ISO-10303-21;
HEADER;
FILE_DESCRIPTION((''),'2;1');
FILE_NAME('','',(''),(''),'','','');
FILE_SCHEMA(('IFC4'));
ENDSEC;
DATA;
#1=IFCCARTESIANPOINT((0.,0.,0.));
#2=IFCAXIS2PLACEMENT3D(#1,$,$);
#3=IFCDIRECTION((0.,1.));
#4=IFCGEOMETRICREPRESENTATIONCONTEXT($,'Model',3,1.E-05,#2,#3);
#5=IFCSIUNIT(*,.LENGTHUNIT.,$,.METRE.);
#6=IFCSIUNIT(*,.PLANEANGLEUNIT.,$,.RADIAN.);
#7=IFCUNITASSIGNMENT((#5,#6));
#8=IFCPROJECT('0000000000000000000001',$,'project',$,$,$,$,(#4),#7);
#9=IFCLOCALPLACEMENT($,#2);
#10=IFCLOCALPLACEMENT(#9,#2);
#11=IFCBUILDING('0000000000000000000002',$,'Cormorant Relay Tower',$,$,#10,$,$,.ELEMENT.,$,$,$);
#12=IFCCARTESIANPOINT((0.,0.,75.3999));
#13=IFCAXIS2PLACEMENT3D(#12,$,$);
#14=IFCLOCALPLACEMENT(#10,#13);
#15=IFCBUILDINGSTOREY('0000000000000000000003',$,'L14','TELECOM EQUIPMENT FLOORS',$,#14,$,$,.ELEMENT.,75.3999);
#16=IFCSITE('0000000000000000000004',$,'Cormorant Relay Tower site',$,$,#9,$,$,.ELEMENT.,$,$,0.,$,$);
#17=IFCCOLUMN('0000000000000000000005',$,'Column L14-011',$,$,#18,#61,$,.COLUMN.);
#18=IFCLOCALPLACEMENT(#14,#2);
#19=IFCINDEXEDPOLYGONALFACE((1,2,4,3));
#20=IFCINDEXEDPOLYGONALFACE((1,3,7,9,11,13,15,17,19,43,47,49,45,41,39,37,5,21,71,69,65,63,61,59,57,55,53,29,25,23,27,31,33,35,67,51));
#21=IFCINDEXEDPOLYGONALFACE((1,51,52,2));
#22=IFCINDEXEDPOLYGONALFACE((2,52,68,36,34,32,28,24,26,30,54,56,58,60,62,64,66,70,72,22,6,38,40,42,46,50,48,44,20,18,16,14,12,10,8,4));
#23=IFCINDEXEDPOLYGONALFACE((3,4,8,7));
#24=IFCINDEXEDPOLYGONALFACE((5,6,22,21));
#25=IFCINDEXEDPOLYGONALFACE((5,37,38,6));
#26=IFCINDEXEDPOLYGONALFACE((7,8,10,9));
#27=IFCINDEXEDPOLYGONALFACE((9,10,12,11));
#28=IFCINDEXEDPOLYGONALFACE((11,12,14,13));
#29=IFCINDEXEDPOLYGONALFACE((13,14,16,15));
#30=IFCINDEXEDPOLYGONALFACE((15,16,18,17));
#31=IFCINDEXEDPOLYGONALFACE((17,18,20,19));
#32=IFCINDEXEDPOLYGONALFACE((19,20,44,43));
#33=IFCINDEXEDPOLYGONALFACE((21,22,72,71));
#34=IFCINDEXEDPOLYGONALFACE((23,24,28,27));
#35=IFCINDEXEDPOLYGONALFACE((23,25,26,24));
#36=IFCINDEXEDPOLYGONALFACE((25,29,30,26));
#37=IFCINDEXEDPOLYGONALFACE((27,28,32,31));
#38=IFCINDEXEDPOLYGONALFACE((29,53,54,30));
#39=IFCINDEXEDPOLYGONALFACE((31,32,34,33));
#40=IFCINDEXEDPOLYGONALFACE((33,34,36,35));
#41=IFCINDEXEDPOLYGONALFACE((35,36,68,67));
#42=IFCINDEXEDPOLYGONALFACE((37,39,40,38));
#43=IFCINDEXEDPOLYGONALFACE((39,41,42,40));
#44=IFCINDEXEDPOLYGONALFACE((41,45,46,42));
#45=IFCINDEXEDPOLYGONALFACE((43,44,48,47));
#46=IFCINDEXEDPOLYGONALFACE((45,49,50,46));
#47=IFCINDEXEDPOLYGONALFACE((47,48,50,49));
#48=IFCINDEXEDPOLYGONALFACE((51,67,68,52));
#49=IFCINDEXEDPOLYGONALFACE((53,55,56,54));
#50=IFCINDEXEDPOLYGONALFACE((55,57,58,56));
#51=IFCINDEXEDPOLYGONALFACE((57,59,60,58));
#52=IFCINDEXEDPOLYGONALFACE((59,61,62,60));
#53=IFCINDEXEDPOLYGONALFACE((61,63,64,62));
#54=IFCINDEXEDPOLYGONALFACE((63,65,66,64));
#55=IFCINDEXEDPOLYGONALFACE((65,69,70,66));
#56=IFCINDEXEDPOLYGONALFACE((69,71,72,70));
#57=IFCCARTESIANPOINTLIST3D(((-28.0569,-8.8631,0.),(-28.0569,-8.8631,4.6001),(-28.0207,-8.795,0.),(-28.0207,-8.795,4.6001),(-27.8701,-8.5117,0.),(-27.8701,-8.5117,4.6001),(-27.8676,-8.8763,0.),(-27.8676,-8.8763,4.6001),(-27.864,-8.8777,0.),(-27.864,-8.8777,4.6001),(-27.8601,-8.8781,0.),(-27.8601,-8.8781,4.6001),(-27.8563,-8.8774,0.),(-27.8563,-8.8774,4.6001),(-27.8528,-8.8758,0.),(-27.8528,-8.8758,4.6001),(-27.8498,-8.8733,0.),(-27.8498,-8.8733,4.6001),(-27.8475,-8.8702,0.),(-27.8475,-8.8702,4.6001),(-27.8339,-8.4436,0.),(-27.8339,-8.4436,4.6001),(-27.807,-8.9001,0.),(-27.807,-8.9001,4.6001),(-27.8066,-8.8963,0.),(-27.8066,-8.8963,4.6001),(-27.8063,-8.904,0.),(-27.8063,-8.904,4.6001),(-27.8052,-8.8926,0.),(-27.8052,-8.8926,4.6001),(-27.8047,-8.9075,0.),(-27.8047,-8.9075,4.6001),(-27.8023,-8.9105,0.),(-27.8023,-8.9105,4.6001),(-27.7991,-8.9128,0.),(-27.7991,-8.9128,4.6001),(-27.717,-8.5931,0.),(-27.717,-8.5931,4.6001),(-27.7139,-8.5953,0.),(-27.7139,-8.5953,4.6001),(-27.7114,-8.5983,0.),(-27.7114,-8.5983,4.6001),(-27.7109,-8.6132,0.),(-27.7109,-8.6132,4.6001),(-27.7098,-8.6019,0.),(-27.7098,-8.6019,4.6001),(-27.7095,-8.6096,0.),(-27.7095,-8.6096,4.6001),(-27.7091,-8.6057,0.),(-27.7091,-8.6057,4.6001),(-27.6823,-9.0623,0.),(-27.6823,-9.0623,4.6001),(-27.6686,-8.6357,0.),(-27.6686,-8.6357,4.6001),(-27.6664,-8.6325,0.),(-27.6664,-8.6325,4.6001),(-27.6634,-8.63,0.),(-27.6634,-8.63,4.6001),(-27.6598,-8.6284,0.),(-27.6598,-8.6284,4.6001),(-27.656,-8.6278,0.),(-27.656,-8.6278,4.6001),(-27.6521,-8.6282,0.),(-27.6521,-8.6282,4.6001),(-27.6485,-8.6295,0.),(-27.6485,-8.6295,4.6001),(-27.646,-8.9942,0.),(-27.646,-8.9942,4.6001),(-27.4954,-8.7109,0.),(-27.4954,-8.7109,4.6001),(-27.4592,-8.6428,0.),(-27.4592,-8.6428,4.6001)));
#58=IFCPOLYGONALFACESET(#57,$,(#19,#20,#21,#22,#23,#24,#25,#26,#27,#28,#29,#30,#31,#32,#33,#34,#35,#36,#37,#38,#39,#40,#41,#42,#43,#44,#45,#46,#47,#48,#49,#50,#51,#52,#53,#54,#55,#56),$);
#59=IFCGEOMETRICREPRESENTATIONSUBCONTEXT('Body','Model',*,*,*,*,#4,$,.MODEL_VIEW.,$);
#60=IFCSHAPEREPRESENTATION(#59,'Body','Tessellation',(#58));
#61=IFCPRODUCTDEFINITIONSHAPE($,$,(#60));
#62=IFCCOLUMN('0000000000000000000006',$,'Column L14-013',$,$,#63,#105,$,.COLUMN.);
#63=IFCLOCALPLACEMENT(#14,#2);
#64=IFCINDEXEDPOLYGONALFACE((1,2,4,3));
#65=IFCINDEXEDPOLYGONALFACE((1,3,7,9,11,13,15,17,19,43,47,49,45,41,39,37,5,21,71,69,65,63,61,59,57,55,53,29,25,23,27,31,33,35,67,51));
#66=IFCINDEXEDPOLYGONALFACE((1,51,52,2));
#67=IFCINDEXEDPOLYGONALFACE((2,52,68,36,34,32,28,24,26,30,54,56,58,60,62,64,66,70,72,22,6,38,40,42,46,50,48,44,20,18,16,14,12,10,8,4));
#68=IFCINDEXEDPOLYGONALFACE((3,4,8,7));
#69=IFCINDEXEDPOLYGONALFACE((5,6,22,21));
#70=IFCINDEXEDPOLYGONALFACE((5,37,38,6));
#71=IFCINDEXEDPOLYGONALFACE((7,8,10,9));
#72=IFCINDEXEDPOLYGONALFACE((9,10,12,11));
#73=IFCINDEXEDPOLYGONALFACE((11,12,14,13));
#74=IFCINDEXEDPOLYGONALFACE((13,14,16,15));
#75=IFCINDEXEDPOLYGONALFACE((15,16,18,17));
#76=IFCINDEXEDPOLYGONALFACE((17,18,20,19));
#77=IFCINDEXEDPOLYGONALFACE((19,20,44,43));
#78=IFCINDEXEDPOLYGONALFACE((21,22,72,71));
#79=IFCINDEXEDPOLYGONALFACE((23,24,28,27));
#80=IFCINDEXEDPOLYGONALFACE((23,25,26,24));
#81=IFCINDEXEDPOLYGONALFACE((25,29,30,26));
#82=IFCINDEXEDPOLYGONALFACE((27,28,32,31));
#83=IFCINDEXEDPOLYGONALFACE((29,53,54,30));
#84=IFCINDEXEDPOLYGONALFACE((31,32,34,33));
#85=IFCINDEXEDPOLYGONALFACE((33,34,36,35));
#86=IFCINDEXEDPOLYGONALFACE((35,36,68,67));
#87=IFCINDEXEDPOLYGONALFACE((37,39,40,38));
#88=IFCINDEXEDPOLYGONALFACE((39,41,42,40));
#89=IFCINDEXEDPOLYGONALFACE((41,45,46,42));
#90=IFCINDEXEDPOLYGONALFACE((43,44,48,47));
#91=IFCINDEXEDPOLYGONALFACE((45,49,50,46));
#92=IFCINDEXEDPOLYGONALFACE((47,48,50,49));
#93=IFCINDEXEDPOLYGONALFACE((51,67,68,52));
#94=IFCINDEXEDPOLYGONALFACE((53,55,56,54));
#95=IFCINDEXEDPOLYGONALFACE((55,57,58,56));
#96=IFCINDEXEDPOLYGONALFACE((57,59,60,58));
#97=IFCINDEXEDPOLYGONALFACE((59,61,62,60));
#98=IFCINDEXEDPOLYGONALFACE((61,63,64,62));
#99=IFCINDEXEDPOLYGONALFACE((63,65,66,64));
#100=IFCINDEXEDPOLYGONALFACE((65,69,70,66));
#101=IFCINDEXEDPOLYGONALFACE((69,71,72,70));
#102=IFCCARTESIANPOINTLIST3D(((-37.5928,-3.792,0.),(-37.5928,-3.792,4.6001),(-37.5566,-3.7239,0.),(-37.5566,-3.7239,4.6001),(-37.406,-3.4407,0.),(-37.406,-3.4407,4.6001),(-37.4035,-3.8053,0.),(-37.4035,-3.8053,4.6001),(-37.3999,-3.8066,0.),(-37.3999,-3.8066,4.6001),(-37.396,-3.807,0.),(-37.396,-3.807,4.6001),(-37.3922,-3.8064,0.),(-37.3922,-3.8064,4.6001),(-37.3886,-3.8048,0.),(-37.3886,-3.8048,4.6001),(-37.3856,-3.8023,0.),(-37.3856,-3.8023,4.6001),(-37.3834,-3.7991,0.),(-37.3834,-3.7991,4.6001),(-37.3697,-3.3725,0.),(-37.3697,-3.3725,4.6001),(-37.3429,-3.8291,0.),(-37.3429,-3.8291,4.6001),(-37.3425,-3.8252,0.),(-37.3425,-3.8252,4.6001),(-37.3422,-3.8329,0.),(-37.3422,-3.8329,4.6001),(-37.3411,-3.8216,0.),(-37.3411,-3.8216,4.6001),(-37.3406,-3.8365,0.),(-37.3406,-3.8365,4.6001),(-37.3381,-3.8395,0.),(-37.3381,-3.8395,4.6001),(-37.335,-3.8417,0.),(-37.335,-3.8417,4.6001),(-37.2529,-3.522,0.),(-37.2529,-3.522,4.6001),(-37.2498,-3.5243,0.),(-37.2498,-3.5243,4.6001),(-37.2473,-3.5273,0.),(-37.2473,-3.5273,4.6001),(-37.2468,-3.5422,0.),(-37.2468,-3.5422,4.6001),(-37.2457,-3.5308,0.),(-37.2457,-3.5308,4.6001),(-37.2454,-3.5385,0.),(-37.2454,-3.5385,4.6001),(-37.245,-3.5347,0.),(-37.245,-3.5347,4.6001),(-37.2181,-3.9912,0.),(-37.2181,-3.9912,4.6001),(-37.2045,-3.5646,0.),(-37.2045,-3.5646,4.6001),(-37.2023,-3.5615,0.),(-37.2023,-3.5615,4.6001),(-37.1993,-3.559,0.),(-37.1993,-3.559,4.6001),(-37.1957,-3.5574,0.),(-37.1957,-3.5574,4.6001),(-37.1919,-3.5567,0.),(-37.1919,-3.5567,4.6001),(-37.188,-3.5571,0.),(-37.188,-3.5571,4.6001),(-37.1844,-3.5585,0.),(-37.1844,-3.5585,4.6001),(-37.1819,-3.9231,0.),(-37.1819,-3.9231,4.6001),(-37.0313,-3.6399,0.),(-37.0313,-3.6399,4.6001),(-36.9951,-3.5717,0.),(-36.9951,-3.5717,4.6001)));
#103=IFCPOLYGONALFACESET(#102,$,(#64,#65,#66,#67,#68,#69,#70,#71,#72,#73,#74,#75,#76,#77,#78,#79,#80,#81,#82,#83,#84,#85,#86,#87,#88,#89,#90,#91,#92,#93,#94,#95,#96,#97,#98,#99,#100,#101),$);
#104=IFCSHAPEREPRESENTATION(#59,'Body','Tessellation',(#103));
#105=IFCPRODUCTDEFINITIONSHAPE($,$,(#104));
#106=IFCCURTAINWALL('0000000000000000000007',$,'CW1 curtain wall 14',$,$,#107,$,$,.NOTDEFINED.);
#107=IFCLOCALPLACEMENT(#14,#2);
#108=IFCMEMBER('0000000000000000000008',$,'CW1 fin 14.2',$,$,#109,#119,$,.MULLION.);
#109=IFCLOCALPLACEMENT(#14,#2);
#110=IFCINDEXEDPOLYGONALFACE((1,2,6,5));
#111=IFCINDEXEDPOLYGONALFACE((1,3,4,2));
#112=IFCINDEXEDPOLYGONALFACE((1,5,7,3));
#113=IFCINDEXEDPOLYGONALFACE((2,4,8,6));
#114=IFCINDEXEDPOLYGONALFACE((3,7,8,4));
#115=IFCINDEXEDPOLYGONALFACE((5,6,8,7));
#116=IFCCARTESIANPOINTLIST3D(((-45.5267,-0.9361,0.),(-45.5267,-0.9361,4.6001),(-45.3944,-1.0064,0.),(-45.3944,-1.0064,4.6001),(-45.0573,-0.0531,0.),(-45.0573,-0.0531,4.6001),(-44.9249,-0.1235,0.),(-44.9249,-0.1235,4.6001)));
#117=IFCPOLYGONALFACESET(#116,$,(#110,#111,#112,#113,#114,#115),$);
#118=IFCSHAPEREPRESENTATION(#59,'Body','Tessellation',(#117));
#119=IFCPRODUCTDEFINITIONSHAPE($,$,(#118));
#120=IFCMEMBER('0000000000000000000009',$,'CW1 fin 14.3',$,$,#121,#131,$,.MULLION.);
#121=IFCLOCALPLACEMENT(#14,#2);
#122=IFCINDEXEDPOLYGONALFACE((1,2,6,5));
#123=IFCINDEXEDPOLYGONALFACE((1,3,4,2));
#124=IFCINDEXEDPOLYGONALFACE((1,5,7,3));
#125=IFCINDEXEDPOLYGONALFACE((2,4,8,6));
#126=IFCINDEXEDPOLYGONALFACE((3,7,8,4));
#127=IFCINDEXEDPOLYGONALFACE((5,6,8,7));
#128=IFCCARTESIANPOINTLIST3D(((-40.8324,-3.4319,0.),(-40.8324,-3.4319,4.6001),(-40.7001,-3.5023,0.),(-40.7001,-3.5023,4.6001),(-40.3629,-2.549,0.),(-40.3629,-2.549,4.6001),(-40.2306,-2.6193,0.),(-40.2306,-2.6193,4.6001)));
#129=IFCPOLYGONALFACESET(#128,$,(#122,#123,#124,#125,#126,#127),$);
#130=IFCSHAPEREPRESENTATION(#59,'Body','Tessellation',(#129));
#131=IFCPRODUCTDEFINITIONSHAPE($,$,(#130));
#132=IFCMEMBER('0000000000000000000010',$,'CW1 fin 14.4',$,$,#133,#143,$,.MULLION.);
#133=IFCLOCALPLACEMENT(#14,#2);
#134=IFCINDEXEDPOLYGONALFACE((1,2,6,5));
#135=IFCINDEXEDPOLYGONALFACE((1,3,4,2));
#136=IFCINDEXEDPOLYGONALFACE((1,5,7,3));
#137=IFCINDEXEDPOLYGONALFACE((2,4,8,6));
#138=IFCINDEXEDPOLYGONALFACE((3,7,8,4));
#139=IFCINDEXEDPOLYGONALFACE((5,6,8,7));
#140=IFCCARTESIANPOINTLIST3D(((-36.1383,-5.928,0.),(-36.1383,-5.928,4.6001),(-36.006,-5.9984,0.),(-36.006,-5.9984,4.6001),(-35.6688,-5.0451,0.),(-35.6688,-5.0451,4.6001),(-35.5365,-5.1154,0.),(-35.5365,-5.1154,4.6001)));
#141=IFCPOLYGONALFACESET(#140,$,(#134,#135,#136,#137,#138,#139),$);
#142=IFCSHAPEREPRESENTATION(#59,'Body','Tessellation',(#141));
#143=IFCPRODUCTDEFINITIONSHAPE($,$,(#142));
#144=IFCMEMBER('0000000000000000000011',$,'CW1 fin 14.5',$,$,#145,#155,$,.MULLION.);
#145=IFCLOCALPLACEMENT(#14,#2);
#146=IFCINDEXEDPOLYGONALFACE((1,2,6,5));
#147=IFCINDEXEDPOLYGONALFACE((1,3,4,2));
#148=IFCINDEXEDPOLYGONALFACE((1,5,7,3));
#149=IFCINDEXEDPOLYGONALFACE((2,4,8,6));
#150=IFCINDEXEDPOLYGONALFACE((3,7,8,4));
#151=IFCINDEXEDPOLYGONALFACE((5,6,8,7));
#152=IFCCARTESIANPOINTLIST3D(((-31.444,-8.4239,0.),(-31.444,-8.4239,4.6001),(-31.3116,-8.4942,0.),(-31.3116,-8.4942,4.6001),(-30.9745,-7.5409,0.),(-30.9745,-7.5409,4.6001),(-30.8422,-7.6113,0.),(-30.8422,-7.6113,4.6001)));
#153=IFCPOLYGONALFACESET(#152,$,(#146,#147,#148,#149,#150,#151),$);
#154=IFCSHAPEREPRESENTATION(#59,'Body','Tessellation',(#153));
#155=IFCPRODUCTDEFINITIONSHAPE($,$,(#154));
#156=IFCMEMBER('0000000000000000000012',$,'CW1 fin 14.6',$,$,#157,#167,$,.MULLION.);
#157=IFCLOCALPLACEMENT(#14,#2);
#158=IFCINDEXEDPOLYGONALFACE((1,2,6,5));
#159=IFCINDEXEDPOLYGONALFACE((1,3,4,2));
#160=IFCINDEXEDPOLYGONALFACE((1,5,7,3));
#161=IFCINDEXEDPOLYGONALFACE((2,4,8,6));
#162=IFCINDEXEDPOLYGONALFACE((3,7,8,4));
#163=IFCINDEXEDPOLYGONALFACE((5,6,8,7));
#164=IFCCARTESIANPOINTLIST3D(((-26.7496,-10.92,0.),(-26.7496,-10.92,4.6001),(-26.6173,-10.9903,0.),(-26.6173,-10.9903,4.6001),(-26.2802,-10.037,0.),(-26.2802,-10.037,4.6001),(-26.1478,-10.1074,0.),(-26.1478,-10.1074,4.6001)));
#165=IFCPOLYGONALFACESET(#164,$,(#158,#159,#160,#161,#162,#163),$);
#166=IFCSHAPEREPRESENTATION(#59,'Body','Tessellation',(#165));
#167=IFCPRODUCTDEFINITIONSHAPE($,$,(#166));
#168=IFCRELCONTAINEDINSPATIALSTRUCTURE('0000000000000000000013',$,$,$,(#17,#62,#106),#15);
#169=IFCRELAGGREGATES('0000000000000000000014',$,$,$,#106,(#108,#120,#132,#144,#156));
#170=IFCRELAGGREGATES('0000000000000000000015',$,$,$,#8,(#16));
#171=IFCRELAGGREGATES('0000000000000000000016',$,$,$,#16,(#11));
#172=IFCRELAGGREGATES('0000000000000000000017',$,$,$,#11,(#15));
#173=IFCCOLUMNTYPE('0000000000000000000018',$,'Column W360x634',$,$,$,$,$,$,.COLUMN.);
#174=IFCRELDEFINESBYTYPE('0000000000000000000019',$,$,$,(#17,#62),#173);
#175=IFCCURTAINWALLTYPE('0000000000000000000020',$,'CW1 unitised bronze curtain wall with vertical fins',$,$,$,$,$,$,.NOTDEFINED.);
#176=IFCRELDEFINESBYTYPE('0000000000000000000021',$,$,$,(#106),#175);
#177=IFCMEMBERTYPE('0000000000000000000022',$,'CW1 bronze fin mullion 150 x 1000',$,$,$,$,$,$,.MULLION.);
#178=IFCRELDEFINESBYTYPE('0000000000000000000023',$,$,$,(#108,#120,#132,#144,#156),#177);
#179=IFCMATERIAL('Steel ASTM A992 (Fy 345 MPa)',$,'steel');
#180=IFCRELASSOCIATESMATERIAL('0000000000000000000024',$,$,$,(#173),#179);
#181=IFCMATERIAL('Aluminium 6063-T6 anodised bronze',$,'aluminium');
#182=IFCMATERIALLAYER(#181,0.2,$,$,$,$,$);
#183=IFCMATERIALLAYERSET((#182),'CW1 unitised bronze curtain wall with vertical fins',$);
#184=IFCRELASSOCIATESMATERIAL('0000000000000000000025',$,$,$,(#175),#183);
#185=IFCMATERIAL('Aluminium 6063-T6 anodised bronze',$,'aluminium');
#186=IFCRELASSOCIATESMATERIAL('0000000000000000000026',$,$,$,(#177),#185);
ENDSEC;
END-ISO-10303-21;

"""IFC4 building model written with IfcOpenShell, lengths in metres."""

from ifc_helpers import new_model, si_unit, direction, frame, origin, origin_2d, place, context, subcontext, project, spatial, rectangle, i_section, extrude, material, layer, layer_set, material_profile, profile_set, type_object, element, aggregate, save


model = new_model("IFC4")

# Units and contexts
model_context = context("Model", 3, precision=1e-05, world=origin(), true_north=direction((0.0, 1.0)))
body_context = subcontext(model_context, "Body", "Model", "MODEL_VIEW")
ifc_project = project(units=[si_unit("LENGTHUNIT", "METRE"), si_unit("PLANEANGLEUNIT", "RADIAN")], contexts=[model_context])

# Site, building, storey
site_placement = place(None, origin())
site = spatial("IfcSite", under=ifc_project, at=site_placement, Name="Cormorant Relay Tower site", CompositionType="ELEMENT", RefElevation=0.0)
building_placement = place(site_placement, origin())
building = spatial("IfcBuilding", under=site, at=building_placement, Name="Cormorant Relay Tower", CompositionType="ELEMENT")
storey_placement = place(building_placement, frame((0.0, 0.0, 75.3999)))
storey = spatial("IfcBuildingStorey", under=building, at=storey_placement, Name="L14", Description="TELECOM EQUIPMENT FLOORS", CompositionType="ELEMENT", Elevation=75.3999)

# Columns
ifc_material_1 = material(Name="Steel ASTM A992 (Fy 345 MPa)", Category="steel")
ifc_material_profile_1 = material_profile(ifc_material_1, i_section(OverallWidth=0.4243, OverallDepth=0.4751, WebThickness=0.0479, FlangeThickness=0.0771, FilletRadius=0.0149, at=origin_2d()), Name="W360x634")
ifc_profile_set_1 = profile_set([ifc_material_profile_1], Name="Steel ASTM A992 (Fy 345 MPa)")
column_type = type_object("IfcColumnType", Name="Column W360x634", PredefinedType="COLUMN", material=ifc_profile_set_1)
for number, where, z_axis, x_axis, name in (
    (1, (-27.7581, -8.7529, 0.0), (0.0, 0.0, 1.0), (0.882948, -0.469472, 0.0), "Column L14-011"),
    (2, (-37.2939, -3.6819, 0.0), (0.0, 0.0, 1.0), (0.882948, -0.469472, 0.0), "Column L14-013"),
):
    element("IfcColumn", number, at=place(storey_placement, frame(where, z_axis=z_axis, x_axis=x_axis)), inside=storey, type_object=column_type, Name=name, PredefinedType="COLUMN", context=body_context, shape_type="SweptSolid", body=[
        extrude(i_section(OverallWidth=0.4243, OverallDepth=0.4751, WebThickness=0.0479, FlangeThickness=0.0771, FilletRadius=0.0149, at=origin_2d()), origin(), (0.0, 0.0, 1.0), 4.6001),
    ])

# Curtain wall, members
ifc_material_2 = material(Name="Aluminium 6063-T6 anodised bronze", Category="aluminium")
ifc_layer_1 = layer(ifc_material_2, 0.2)
ifc_layer_set_1 = layer_set([ifc_layer_1], Name="CW1 unitised bronze curtain wall with vertical fins")
curtain_wall_type = type_object("IfcCurtainWallType", Name="CW1 unitised bronze curtain wall with vertical fins", PredefinedType="NOTDEFINED", material=ifc_layer_set_1)
curtain_wall_placement = place(storey_placement, origin())
curtain_wall = element("IfcCurtainWall", 3, at=curtain_wall_placement, inside=storey, type_object=curtain_wall_type, Name="CW1 curtain wall 14", PredefinedType="NOTDEFINED")
ifc_material_3 = material(Name="Aluminium 6063-T6 anodised bronze", Category="aluminium")
ifc_material_profile_2 = material_profile(ifc_material_3, rectangle(XDim=0.1499, YDim=1.0, at=origin_2d()), Name="AL 150x1000")
ifc_profile_set_2 = profile_set([ifc_material_profile_2], Name="Aluminium 6063-T6 anodised bronze")
member_type = type_object("IfcMemberType", Name="CW1 bronze fin mullion 150 x 1000", PredefinedType="MULLION", material=ifc_profile_set_2)
member_1_placement = place(storey_placement, frame((-45.2258, -0.5298, 0.0), z_axis=(0.0, 0.0, 1.0), x_axis=(0.882948, -0.469472, 0.0)))
member_1 = element("IfcMember", 4, at=member_1_placement, type_object=member_type, Name="CW1 fin 14.2", PredefinedType="MULLION", context=body_context, shape_type="SweptSolid", body=[
    extrude(rectangle(XDim=0.1499, YDim=1.0, at=origin_2d()), origin(), (0.0, 0.0, 1.0), 4.6001),
])
member_2_placement = place(storey_placement, frame((-40.5315, -3.0256, 0.0), z_axis=(0.0, 0.0, 1.0), x_axis=(0.882948, -0.469472, 0.0)))
member_2 = element("IfcMember", 5, at=member_2_placement, type_object=member_type, Name="CW1 fin 14.3", PredefinedType="MULLION", context=body_context, shape_type="SweptSolid", body=[
    extrude(rectangle(XDim=0.1499, YDim=1.0, at=origin_2d()), origin(), (0.0, 0.0, 1.0), 4.6001),
])
member_3_placement = place(storey_placement, frame((-35.8374, -5.5217, 0.0), z_axis=(0.0, 0.0, 1.0), x_axis=(0.882948, -0.469472, 0.0)))
member_3 = element("IfcMember", 6, at=member_3_placement, type_object=member_type, Name="CW1 fin 14.4", PredefinedType="MULLION", context=body_context, shape_type="SweptSolid", body=[
    extrude(rectangle(XDim=0.1499, YDim=1.0, at=origin_2d()), origin(), (0.0, 0.0, 1.0), 4.6001),
])
member_4_placement = place(storey_placement, frame((-31.1431, -8.0176, 0.0), z_axis=(0.0, 0.0, 1.0), x_axis=(0.882948, -0.469472, 0.0)))
member_4 = element("IfcMember", 7, at=member_4_placement, type_object=member_type, Name="CW1 fin 14.5", PredefinedType="MULLION", context=body_context, shape_type="SweptSolid", body=[
    extrude(rectangle(XDim=0.1499, YDim=1.0, at=origin_2d()), origin(), (0.0, 0.0, 1.0), 4.6001),
])
member_5_placement = place(storey_placement, frame((-26.4487, -10.5137, 0.0), z_axis=(0.0, 0.0, 1.0), x_axis=(0.882948, -0.469472, 0.0)))
member_5 = element("IfcMember", 8, at=member_5_placement, type_object=member_type, Name="CW1 fin 14.6", PredefinedType="MULLION", context=body_context, shape_type="SweptSolid", body=[
    extrude(rectangle(XDim=0.1499, YDim=1.0, at=origin_2d()), origin(), (0.0, 0.0, 1.0), 4.6001),
])

aggregate(curtain_wall, [member_1, member_2, member_3, member_4, member_5])

save(model, "model.ifc")
